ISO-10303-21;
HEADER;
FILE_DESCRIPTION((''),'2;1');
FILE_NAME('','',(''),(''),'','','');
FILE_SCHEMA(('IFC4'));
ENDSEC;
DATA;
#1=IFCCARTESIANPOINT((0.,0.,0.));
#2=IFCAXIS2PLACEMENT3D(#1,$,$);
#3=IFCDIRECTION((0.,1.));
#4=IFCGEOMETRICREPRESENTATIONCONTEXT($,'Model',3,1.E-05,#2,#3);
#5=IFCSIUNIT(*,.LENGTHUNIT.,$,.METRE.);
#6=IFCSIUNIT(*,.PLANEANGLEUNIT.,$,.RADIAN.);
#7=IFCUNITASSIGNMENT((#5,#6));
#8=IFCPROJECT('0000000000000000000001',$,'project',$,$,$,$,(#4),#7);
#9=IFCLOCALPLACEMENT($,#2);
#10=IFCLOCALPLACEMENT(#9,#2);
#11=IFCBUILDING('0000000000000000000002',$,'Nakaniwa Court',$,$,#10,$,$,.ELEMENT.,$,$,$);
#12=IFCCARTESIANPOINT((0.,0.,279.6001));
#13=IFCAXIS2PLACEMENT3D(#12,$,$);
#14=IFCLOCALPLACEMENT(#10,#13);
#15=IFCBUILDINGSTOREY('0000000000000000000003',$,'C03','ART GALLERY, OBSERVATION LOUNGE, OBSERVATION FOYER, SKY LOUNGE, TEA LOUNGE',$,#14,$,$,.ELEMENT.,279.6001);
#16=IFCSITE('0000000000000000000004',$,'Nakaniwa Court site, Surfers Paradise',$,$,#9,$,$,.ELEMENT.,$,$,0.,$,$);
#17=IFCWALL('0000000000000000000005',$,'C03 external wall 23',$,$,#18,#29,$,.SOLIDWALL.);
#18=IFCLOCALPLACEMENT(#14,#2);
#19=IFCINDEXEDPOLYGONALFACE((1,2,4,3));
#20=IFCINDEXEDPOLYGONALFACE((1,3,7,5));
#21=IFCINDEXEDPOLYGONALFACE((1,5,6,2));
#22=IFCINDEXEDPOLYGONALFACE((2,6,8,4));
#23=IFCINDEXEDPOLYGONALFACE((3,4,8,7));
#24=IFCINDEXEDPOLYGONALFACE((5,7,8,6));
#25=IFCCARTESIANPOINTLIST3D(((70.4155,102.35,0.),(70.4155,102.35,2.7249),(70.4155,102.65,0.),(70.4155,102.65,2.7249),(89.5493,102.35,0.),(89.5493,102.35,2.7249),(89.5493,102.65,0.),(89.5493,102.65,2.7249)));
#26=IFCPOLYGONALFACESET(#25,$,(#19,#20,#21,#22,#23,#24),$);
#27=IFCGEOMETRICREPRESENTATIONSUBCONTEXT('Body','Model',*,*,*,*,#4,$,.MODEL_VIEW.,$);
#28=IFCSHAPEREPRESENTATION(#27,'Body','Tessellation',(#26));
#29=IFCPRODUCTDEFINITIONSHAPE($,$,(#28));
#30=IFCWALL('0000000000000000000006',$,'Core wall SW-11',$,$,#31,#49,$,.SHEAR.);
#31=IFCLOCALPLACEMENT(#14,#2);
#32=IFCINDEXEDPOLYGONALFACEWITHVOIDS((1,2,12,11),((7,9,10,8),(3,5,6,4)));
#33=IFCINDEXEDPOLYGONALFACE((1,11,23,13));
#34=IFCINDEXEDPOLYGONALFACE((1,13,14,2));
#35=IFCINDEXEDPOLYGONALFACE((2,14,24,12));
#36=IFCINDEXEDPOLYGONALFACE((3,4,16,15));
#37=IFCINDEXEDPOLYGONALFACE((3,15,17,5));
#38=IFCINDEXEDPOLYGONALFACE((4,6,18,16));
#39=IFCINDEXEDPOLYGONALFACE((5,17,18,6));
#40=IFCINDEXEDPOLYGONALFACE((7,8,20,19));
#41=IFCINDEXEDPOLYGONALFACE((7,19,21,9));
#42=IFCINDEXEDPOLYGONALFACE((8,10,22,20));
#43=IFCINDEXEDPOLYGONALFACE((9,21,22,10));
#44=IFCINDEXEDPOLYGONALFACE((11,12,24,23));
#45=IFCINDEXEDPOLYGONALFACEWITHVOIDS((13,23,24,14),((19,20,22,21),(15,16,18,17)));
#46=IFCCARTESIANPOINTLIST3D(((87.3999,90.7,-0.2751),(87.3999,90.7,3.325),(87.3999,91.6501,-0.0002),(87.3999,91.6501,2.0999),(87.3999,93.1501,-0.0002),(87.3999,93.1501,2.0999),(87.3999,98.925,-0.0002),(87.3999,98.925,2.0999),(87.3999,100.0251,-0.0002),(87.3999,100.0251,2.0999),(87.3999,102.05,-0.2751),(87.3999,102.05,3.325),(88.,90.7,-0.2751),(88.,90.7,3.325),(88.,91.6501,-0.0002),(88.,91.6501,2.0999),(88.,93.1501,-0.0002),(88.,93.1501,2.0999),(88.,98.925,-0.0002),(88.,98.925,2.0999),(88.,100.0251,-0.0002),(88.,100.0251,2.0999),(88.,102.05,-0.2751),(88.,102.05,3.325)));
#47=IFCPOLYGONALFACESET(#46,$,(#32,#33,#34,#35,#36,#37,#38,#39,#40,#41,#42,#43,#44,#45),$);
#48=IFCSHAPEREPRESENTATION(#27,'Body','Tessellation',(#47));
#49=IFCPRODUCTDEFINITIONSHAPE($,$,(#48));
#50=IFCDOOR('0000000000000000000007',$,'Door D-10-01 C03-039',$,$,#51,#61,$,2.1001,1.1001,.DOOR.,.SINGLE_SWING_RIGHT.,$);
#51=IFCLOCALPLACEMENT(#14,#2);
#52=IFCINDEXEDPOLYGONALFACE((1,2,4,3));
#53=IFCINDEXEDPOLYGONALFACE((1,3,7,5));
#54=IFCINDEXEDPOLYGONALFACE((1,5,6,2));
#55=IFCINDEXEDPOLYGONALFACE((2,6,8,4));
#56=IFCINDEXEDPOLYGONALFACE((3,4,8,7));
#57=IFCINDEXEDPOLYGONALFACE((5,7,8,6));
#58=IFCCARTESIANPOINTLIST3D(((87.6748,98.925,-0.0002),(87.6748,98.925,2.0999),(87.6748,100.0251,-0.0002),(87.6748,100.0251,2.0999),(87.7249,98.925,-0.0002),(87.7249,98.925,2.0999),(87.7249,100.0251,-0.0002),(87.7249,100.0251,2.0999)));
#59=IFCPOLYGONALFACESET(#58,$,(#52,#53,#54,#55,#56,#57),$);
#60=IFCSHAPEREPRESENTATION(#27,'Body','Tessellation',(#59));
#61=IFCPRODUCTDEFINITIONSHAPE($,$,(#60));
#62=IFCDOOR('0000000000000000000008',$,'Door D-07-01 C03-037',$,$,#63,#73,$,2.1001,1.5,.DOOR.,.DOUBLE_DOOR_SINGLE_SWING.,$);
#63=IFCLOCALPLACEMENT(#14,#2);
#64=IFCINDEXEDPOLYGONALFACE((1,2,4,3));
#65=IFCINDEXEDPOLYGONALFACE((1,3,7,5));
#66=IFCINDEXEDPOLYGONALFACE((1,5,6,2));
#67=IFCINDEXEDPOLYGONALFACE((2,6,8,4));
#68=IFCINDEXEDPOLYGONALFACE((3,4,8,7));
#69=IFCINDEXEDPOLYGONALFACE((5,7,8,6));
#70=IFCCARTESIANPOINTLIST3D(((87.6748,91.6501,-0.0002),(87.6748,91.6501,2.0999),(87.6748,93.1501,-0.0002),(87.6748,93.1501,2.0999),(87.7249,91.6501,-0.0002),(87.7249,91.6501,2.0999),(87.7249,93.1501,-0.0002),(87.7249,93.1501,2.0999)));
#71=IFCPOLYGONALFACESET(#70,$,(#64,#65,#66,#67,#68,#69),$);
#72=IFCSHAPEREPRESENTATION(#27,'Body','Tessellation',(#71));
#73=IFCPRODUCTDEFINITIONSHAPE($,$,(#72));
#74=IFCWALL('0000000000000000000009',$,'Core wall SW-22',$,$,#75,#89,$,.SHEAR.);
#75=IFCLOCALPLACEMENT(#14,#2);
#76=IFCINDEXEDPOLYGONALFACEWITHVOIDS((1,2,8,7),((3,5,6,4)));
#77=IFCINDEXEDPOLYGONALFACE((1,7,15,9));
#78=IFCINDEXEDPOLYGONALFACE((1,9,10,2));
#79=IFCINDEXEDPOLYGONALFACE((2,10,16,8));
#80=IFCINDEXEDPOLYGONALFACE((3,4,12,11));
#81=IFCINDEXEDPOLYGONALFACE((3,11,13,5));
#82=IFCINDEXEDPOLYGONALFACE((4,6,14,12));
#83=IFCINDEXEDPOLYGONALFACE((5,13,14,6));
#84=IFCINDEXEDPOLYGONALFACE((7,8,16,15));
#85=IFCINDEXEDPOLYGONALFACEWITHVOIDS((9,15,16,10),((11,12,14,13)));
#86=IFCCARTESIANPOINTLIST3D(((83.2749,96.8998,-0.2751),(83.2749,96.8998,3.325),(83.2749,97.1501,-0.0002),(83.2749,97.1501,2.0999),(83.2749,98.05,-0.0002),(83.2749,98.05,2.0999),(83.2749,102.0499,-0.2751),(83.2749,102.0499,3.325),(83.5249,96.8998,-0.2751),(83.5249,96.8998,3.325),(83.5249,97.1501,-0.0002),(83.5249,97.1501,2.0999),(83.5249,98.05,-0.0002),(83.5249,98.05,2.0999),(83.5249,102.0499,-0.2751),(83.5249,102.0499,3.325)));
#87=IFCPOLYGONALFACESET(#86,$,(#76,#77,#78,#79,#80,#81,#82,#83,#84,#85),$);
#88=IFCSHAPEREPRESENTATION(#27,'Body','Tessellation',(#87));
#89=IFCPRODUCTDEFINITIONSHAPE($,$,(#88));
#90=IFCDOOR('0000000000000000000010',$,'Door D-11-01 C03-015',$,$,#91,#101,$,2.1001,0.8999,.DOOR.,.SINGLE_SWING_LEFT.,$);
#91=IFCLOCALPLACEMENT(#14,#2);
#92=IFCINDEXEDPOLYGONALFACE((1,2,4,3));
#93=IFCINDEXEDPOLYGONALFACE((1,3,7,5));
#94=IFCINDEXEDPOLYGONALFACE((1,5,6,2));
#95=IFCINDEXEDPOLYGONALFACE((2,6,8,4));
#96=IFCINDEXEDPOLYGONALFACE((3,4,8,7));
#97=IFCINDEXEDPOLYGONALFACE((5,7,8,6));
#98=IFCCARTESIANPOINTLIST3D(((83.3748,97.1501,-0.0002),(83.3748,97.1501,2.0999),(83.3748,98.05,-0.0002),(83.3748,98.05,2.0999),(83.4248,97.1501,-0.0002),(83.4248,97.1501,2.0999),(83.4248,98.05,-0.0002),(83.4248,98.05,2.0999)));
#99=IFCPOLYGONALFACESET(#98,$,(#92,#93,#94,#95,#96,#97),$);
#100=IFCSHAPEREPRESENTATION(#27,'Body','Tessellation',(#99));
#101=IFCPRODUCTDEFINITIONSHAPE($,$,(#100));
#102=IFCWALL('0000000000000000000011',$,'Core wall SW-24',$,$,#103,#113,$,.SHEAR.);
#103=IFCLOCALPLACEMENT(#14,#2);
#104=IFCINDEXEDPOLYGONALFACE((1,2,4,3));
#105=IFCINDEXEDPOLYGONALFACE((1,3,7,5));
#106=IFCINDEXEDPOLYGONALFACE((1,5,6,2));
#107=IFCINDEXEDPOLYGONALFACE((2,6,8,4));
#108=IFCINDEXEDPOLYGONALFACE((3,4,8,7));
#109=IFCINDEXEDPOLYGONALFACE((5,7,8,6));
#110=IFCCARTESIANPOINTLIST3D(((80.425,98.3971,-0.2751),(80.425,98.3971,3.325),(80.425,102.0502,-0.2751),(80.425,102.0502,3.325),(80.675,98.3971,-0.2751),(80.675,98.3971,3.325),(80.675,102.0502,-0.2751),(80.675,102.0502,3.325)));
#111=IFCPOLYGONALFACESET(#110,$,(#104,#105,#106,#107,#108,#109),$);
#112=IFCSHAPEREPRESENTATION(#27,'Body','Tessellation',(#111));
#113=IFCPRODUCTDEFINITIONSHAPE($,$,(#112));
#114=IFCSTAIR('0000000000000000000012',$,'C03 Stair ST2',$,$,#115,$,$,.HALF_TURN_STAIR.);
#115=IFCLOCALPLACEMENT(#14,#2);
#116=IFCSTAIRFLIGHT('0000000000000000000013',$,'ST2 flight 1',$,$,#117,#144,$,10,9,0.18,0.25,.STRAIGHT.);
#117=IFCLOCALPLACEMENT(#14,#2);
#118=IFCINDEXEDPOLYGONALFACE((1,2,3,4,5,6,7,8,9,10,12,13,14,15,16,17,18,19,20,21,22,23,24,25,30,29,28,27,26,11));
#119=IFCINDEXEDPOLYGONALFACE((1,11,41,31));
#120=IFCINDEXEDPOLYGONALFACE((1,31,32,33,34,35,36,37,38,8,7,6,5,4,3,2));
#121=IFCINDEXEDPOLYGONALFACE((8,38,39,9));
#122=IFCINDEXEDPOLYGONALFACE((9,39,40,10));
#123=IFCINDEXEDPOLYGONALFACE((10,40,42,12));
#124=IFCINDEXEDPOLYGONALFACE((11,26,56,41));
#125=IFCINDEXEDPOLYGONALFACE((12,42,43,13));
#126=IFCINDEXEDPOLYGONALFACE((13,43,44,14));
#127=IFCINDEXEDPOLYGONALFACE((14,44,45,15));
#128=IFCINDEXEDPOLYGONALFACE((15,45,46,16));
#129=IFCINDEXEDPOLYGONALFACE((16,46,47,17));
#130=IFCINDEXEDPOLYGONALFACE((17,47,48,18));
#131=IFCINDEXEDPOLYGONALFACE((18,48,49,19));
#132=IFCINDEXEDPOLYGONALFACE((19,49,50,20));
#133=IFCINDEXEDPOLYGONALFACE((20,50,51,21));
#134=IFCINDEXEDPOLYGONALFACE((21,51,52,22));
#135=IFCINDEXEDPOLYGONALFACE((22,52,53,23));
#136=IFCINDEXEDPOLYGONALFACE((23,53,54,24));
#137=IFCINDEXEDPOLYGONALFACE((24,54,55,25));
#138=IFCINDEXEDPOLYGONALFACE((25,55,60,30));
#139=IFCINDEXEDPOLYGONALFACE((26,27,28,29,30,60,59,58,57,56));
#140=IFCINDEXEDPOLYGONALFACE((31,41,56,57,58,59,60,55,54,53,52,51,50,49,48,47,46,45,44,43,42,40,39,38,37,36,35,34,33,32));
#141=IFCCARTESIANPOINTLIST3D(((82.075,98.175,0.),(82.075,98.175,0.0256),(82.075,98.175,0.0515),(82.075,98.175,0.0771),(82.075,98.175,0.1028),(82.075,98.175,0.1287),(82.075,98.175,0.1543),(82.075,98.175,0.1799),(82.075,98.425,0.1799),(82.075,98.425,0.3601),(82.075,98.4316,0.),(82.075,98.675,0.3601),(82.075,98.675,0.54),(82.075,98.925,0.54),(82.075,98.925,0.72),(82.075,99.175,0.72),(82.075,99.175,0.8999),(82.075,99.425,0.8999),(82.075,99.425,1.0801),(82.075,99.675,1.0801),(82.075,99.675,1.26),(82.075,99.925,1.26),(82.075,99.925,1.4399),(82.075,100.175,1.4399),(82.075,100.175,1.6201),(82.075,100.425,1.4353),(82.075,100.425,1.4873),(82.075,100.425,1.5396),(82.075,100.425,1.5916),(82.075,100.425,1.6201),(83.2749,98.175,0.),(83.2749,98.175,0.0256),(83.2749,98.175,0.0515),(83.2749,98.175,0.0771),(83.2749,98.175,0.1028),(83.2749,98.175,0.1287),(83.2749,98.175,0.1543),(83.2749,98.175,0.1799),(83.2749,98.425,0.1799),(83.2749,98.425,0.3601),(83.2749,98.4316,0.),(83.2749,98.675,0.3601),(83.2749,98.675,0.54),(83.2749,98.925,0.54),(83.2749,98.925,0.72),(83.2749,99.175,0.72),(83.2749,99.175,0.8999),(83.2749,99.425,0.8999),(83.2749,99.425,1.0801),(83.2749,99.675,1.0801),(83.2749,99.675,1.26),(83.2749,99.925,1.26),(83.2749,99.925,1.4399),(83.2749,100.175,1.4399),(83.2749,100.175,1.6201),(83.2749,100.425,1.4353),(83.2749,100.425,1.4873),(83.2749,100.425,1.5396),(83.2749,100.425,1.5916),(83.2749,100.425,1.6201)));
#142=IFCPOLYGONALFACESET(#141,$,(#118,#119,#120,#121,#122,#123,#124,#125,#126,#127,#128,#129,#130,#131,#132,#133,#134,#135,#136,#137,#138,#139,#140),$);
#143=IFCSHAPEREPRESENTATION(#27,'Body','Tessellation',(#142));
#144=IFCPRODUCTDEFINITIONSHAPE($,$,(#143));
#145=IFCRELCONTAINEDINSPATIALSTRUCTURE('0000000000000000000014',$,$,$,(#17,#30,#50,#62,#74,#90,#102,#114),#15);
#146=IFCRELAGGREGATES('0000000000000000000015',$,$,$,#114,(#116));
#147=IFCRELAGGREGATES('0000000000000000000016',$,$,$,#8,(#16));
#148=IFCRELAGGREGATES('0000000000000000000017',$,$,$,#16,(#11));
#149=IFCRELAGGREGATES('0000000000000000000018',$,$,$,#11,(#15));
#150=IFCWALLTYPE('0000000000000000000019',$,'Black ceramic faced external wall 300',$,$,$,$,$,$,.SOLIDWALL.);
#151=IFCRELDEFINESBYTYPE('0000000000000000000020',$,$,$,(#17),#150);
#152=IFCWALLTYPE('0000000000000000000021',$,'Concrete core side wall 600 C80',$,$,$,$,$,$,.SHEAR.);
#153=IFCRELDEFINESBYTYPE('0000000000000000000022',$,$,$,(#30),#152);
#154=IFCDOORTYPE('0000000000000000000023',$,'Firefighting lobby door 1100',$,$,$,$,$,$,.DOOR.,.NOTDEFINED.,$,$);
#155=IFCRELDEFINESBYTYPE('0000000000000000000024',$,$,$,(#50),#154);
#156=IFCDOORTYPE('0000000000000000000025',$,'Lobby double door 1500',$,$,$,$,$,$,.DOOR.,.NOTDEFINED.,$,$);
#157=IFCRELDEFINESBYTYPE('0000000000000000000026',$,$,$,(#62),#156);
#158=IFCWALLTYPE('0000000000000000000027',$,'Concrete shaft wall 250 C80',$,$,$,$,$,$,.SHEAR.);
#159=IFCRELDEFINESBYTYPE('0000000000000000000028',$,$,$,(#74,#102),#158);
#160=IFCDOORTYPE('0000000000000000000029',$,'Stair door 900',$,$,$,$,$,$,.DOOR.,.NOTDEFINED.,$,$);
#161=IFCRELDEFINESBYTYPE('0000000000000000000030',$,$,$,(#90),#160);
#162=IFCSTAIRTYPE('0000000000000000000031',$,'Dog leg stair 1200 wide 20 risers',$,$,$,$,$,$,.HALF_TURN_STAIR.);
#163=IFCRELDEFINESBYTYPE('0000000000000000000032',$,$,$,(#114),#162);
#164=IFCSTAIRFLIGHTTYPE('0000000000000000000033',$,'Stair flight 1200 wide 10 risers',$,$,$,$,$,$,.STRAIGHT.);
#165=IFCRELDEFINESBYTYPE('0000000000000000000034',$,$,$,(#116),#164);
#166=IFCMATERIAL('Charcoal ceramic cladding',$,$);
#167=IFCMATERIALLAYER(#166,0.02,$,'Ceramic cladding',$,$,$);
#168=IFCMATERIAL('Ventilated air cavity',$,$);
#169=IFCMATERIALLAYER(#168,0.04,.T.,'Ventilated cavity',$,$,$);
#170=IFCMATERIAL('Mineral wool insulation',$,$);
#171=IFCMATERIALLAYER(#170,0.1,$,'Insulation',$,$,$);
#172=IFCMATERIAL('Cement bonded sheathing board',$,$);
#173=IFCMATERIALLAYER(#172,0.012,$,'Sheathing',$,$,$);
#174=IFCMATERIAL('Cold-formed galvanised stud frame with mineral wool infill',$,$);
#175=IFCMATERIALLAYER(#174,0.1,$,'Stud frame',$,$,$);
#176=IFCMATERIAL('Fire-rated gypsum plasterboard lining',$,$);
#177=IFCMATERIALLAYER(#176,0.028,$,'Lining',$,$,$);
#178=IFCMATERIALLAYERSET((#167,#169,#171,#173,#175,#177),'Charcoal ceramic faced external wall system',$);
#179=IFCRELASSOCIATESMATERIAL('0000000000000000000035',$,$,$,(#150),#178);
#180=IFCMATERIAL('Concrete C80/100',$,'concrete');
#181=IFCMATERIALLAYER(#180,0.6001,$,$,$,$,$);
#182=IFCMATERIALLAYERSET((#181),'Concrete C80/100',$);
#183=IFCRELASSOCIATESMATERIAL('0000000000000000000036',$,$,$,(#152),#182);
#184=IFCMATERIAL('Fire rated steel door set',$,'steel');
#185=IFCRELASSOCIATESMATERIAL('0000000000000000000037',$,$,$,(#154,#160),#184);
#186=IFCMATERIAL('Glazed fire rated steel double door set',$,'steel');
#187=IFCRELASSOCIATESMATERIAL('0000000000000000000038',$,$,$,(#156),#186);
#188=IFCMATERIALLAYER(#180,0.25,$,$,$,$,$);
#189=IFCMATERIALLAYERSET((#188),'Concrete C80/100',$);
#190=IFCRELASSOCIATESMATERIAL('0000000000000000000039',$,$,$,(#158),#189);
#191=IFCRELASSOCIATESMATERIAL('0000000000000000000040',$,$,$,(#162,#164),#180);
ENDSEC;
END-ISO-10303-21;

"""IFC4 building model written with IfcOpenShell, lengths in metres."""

from ifc_helpers import new_model, si_unit, direction, frame, frame_2d, origin, place, context, subcontext, project, spatial, polyline, rectangle, outline, extrude, material, layer, layer_set, type_object, element, fill, aggregate, save


model = new_model("IFC4")

# Units and contexts
model_context = context("Model", 3, precision=1e-05, world=origin(), true_north=direction((0.0, 1.0)))
body_context = subcontext(model_context, "Body", "Model", "MODEL_VIEW")
ifc_project = project(units=[si_unit("LENGTHUNIT", "METRE"), si_unit("PLANEANGLEUNIT", "RADIAN")], contexts=[model_context])

# Site, building, storey
site_placement = place(None, origin())
site = spatial("IfcSite", under=ifc_project, at=site_placement, Name="Nakaniwa Court site, Surfers Paradise", CompositionType="ELEMENT", RefElevation=0.0)
building_placement = place(site_placement, origin())
building = spatial("IfcBuilding", under=site, at=building_placement, Name="Nakaniwa Court", CompositionType="ELEMENT")
storey_placement = place(building_placement, frame((0.0, 0.0, 279.6001)))
storey = spatial("IfcBuildingStorey", under=building, at=storey_placement, Name="C03", Description="ART GALLERY, OBSERVATION LOUNGE, OBSERVATION FOYER, SKY LOUNGE, TEA LOUNGE", CompositionType="ELEMENT", Elevation=279.6001)

# Shared definitions
ifc_material_1 = material(Name="Concrete C80/100", Category="concrete")

# Wall
ifc_material_2 = material(Name="Charcoal ceramic cladding")
ifc_layer_1 = layer(ifc_material_2, 0.02, Name="Ceramic cladding")
ifc_material_3 = material(Name="Ventilated air cavity")
ifc_layer_2 = layer(ifc_material_3, 0.04, ventilated=True, Name="Ventilated cavity")
ifc_material_4 = material(Name="Mineral wool insulation")
ifc_layer_3 = layer(ifc_material_4, 0.1, Name="Insulation")
ifc_material_5 = material(Name="Cement bonded sheathing board")
ifc_layer_4 = layer(ifc_material_5, 0.012, Name="Sheathing")
ifc_material_6 = material(Name="Cold-formed galvanised stud frame with mineral wool infill")
ifc_layer_5 = layer(ifc_material_6, 0.1, Name="Stud frame")
ifc_material_7 = material(Name="Fire-rated gypsum plasterboard lining")
ifc_layer_6 = layer(ifc_material_7, 0.028, Name="Lining")
ifc_layer_set_1 = layer_set([ifc_layer_1, ifc_layer_2, ifc_layer_3, ifc_layer_4, ifc_layer_5, ifc_layer_6], Name="Charcoal ceramic faced external wall system")
wall_type_1 = type_object("IfcWallType", Name="Black ceramic faced external wall 300", PredefinedType="SOLIDWALL", material=ifc_layer_set_1)
wall_1_placement = place(storey_placement, frame((89.5493, 102.5, 0.0), z_axis=(0.0, 0.0, 1.0), x_axis=(-1.0, 0.0, 0.0)))
element("IfcWall", 1, at=wall_1_placement, inside=storey, type_object=wall_type_1, Name="C03 external wall 23", PredefinedType="SOLIDWALL", context=body_context, shape_type="SweptSolid", body=[
    extrude(rectangle(XDim=19.1338, YDim=0.3, at=frame_2d((9.5669, 0.0))), origin(), (0.0, 0.0, 1.0), 2.7249),
])

# Wall, openings, doors
ifc_layer_7 = layer(ifc_material_1, 0.6001)
ifc_layer_set_2 = layer_set([ifc_layer_7], Name="Concrete C80/100")
wall_type_2 = type_object("IfcWallType", Name="Concrete core side wall 600 C80", PredefinedType="SHEAR", material=ifc_layer_set_2)
wall_2_placement = place(storey_placement, frame((87.7, 102.05, -0.2751), z_axis=(0.0, 0.0, 1.0), x_axis=(0.0, -1.0, 0.0)))
wall_2 = element("IfcWall", 2, at=wall_2_placement, inside=storey, type_object=wall_type_2, Name="Core wall SW-11", PredefinedType="SHEAR", context=body_context, shape_type="SweptSolid", body=[
    extrude(rectangle(XDim=11.3501, YDim=0.6001, at=frame_2d((5.675, 0.0))), origin(), (0.0, 0.0, 1.0), 3.6001),
])
opening_1_placement = place(wall_2_placement, frame((8.8999, 0.0, 0.2749)))
opening_1 = element("IfcOpeningElement", 3, at=opening_1_placement, cuts=wall_2, PredefinedType="OPENING", context=body_context, shape_type="SweptSolid", body=[
    extrude(rectangle(XDim=1.5, YDim=2.1001, at=frame_2d((0.75, 1.05))), frame((0.0, 0.3101, 0.0), z_axis=(0.0, -1.0, 0.0), x_axis=(1.0, 0.0, 0.0)), (0.0, 0.0, 1.0), 0.6201),
])
opening_2_placement = place(wall_2_placement, frame((2.0249, 0.0, 0.2749)))
opening_2 = element("IfcOpeningElement", 4, at=opening_2_placement, cuts=wall_2, PredefinedType="OPENING", context=body_context, shape_type="SweptSolid", body=[
    extrude(rectangle(XDim=1.1001, YDim=2.1001, at=frame_2d((0.55, 1.05))), frame((0.0, 0.3101, 0.0), z_axis=(0.0, -1.0, 0.0), x_axis=(1.0, 0.0, 0.0)), (0.0, 0.0, 1.0), 0.6201),
])
ifc_material_8 = material(Name="Fire rated steel door set", Category="steel")
door_type_1 = type_object("IfcDoorType", Name="Firefighting lobby door 1100", OperationType="NOTDEFINED", PredefinedType="DOOR", material=ifc_material_8)
door_1_placement = place(opening_2_placement, origin())
door_1 = element("IfcDoor", 5, at=door_1_placement, inside=storey, type_object=door_type_1, Name="Door D-10-01 C03-039", OperationType="SINGLE_SWING_RIGHT", OverallHeight=2.1001, OverallWidth=1.1001, PredefinedType="DOOR", context=body_context, shape_type="SweptSolid", body=[
    extrude(rectangle(XDim=1.1001, YDim=2.1001, at=frame_2d((0.55, 1.05))), frame((0.0, 0.0249, 0.0), z_axis=(0.0, -1.0, 0.0), x_axis=(1.0, 0.0, 0.0)), (0.0, 0.0, 1.0), 0.05),
])
fill(opening_2, door_1)
ifc_material_9 = material(Name="Glazed fire rated steel double door set", Category="steel")
door_type_2 = type_object("IfcDoorType", Name="Lobby double door 1500", OperationType="NOTDEFINED", PredefinedType="DOOR", material=ifc_material_9)
door_2_placement = place(opening_1_placement, origin())
door_2 = element("IfcDoor", 6, at=door_2_placement, inside=storey, type_object=door_type_2, Name="Door D-07-01 C03-037", OperationType="DOUBLE_DOOR_SINGLE_SWING", OverallHeight=2.1001, OverallWidth=1.5, PredefinedType="DOOR", context=body_context, shape_type="SweptSolid", body=[
    extrude(rectangle(XDim=1.5, YDim=2.1001, at=frame_2d((0.75, 1.05))), frame((0.0, 0.0249, 0.0), z_axis=(0.0, -1.0, 0.0), x_axis=(1.0, 0.0, 0.0)), (0.0, 0.0, 1.0), 0.05),
])
fill(opening_1, door_2)

# Wall, opening, door
ifc_layer_8 = layer(ifc_material_1, 0.25)
ifc_layer_set_3 = layer_set([ifc_layer_8], Name="Concrete C80/100")
wall_type_3 = type_object("IfcWallType", Name="Concrete shaft wall 250 C80", PredefinedType="SHEAR", material=ifc_layer_set_3)
wall_3_placement = place(storey_placement, frame((83.3999, 102.05, -0.2751), z_axis=(0.0, 0.0, 1.0), x_axis=(0.0, -1.0, 0.0)))
wall_3 = element("IfcWall", 7, at=wall_3_placement, inside=storey, type_object=wall_type_3, Name="Core wall SW-22", PredefinedType="SHEAR", context=body_context, shape_type="SweptSolid", body=[
    extrude(rectangle(XDim=5.1501, YDim=0.25, at=frame_2d((2.5752, 0.0))), origin(), (0.0, 0.0, 1.0), 3.6001),
])
opening_3_placement = place(wall_3_placement, frame((4.0, 0.0, 0.2749)))
opening_3 = element("IfcOpeningElement", 8, at=opening_3_placement, cuts=wall_3, PredefinedType="OPENING", context=body_context, shape_type="SweptSolid", body=[
    extrude(rectangle(XDim=0.8999, YDim=2.1001, at=frame_2d((0.45, 1.05))), frame((0.0, 0.135, 0.0), z_axis=(0.0, -1.0, 0.0), x_axis=(1.0, 0.0, 0.0)), (0.0, 0.0, 1.0), 0.27),
])
door_type_3 = type_object("IfcDoorType", Name="Stair door 900", OperationType="NOTDEFINED", PredefinedType="DOOR", material=ifc_material_8)
door_3_placement = place(opening_3_placement, origin())
door_3 = element("IfcDoor", 9, at=door_3_placement, inside=storey, type_object=door_type_3, Name="Door D-11-01 C03-015", OperationType="SINGLE_SWING_LEFT", OverallHeight=2.1001, OverallWidth=0.8999, PredefinedType="DOOR", context=body_context, shape_type="SweptSolid", body=[
    extrude(rectangle(XDim=0.8999, YDim=2.1001, at=frame_2d((0.45, 1.05))), frame((0.0, 0.0249, 0.0), z_axis=(0.0, -1.0, 0.0), x_axis=(1.0, 0.0, 0.0)), (0.0, 0.0, 1.0), 0.05),
])
fill(opening_3, door_3)

# Wall
wall_4_placement = place(storey_placement, frame((80.55, 98.397, -0.2751), z_axis=(0.0, 0.0, 1.0), x_axis=(0.0, 1.0, 0.0)))
element("IfcWall", 10, at=wall_4_placement, inside=storey, type_object=wall_type_3, Name="Core wall SW-24", PredefinedType="SHEAR", context=body_context, shape_type="SweptSolid", body=[
    extrude(rectangle(XDim=3.6531, YDim=0.25, at=frame_2d((1.8267, 0.0))), origin(), (0.0, 0.0, 1.0), 3.6001),
])

# Stair, stair flight
stair_type = type_object("IfcStairType", Name="Dog leg stair 1200 wide 20 risers", PredefinedType="HALF_TURN_STAIR", material=ifc_material_1)
stair_placement = place(storey_placement, origin())
stair = element("IfcStair", 11, at=stair_placement, inside=storey, type_object=stair_type, Name="C03 Stair ST2", PredefinedType="HALF_TURN_STAIR")
stair_flight_type = type_object("IfcStairFlightType", Name="Stair flight 1200 wide 10 risers", PredefinedType="STRAIGHT", material=ifc_material_1)
stair_flight_1_placement = place(storey_placement, frame((82.675, 98.175, 0.0), z_axis=(0.0, 0.0, 1.0), x_axis=(0.0, 1.0, 0.0)))
stair_flight_1 = element("IfcStairFlight", 12, at=stair_flight_1_placement, type_object=stair_flight_type, Name="ST2 flight 1", NumberOfRisers=10, NumberOfTreads=9, PredefinedType="STRAIGHT", RiserHeight=0.18, TreadLength=0.25, context=body_context, shape_type="SweptSolid", body=[
    extrude(outline(polyline([(0.0, 0.0), (0.0, 0.0256), (0.0, 0.0515), (0.0, 0.0771), (0.0, 0.1028), (0.0, 0.1287), (0.0, 0.1543), (0.0, 0.1799), (0.25, 0.1799), (0.25, 0.3601), (0.5, 0.3601), (0.5, 0.54), (0.75, 0.54), (0.75, 0.72), (1.0, 0.72), (1.0, 0.8999), (1.25, 0.8999), (1.25, 1.0801), (1.5, 1.0801), (1.5, 1.26), (1.75, 1.26), (1.75, 1.4399), (2.0, 1.4399), (2.0, 1.6201), (2.25, 1.6201), (2.25, 1.8), (2.25, 1.7478), (2.25, 1.6958), (2.25, 1.6438), (2.25, 1.5916), (2.25, 1.5396), (2.25, 1.4873), (2.25, 1.4353), (0.2566, 0.0), (0.0, 0.0)])), frame((0.0, 0.6001, 0.0), z_axis=(0.0, -1.0, 0.0), x_axis=(1.0, 0.0, 0.0)), (0.0, 0.0, 1.0), 1.2),
])
aggregate(stair, [stair_flight_1])

save(model, "model.ifc")
